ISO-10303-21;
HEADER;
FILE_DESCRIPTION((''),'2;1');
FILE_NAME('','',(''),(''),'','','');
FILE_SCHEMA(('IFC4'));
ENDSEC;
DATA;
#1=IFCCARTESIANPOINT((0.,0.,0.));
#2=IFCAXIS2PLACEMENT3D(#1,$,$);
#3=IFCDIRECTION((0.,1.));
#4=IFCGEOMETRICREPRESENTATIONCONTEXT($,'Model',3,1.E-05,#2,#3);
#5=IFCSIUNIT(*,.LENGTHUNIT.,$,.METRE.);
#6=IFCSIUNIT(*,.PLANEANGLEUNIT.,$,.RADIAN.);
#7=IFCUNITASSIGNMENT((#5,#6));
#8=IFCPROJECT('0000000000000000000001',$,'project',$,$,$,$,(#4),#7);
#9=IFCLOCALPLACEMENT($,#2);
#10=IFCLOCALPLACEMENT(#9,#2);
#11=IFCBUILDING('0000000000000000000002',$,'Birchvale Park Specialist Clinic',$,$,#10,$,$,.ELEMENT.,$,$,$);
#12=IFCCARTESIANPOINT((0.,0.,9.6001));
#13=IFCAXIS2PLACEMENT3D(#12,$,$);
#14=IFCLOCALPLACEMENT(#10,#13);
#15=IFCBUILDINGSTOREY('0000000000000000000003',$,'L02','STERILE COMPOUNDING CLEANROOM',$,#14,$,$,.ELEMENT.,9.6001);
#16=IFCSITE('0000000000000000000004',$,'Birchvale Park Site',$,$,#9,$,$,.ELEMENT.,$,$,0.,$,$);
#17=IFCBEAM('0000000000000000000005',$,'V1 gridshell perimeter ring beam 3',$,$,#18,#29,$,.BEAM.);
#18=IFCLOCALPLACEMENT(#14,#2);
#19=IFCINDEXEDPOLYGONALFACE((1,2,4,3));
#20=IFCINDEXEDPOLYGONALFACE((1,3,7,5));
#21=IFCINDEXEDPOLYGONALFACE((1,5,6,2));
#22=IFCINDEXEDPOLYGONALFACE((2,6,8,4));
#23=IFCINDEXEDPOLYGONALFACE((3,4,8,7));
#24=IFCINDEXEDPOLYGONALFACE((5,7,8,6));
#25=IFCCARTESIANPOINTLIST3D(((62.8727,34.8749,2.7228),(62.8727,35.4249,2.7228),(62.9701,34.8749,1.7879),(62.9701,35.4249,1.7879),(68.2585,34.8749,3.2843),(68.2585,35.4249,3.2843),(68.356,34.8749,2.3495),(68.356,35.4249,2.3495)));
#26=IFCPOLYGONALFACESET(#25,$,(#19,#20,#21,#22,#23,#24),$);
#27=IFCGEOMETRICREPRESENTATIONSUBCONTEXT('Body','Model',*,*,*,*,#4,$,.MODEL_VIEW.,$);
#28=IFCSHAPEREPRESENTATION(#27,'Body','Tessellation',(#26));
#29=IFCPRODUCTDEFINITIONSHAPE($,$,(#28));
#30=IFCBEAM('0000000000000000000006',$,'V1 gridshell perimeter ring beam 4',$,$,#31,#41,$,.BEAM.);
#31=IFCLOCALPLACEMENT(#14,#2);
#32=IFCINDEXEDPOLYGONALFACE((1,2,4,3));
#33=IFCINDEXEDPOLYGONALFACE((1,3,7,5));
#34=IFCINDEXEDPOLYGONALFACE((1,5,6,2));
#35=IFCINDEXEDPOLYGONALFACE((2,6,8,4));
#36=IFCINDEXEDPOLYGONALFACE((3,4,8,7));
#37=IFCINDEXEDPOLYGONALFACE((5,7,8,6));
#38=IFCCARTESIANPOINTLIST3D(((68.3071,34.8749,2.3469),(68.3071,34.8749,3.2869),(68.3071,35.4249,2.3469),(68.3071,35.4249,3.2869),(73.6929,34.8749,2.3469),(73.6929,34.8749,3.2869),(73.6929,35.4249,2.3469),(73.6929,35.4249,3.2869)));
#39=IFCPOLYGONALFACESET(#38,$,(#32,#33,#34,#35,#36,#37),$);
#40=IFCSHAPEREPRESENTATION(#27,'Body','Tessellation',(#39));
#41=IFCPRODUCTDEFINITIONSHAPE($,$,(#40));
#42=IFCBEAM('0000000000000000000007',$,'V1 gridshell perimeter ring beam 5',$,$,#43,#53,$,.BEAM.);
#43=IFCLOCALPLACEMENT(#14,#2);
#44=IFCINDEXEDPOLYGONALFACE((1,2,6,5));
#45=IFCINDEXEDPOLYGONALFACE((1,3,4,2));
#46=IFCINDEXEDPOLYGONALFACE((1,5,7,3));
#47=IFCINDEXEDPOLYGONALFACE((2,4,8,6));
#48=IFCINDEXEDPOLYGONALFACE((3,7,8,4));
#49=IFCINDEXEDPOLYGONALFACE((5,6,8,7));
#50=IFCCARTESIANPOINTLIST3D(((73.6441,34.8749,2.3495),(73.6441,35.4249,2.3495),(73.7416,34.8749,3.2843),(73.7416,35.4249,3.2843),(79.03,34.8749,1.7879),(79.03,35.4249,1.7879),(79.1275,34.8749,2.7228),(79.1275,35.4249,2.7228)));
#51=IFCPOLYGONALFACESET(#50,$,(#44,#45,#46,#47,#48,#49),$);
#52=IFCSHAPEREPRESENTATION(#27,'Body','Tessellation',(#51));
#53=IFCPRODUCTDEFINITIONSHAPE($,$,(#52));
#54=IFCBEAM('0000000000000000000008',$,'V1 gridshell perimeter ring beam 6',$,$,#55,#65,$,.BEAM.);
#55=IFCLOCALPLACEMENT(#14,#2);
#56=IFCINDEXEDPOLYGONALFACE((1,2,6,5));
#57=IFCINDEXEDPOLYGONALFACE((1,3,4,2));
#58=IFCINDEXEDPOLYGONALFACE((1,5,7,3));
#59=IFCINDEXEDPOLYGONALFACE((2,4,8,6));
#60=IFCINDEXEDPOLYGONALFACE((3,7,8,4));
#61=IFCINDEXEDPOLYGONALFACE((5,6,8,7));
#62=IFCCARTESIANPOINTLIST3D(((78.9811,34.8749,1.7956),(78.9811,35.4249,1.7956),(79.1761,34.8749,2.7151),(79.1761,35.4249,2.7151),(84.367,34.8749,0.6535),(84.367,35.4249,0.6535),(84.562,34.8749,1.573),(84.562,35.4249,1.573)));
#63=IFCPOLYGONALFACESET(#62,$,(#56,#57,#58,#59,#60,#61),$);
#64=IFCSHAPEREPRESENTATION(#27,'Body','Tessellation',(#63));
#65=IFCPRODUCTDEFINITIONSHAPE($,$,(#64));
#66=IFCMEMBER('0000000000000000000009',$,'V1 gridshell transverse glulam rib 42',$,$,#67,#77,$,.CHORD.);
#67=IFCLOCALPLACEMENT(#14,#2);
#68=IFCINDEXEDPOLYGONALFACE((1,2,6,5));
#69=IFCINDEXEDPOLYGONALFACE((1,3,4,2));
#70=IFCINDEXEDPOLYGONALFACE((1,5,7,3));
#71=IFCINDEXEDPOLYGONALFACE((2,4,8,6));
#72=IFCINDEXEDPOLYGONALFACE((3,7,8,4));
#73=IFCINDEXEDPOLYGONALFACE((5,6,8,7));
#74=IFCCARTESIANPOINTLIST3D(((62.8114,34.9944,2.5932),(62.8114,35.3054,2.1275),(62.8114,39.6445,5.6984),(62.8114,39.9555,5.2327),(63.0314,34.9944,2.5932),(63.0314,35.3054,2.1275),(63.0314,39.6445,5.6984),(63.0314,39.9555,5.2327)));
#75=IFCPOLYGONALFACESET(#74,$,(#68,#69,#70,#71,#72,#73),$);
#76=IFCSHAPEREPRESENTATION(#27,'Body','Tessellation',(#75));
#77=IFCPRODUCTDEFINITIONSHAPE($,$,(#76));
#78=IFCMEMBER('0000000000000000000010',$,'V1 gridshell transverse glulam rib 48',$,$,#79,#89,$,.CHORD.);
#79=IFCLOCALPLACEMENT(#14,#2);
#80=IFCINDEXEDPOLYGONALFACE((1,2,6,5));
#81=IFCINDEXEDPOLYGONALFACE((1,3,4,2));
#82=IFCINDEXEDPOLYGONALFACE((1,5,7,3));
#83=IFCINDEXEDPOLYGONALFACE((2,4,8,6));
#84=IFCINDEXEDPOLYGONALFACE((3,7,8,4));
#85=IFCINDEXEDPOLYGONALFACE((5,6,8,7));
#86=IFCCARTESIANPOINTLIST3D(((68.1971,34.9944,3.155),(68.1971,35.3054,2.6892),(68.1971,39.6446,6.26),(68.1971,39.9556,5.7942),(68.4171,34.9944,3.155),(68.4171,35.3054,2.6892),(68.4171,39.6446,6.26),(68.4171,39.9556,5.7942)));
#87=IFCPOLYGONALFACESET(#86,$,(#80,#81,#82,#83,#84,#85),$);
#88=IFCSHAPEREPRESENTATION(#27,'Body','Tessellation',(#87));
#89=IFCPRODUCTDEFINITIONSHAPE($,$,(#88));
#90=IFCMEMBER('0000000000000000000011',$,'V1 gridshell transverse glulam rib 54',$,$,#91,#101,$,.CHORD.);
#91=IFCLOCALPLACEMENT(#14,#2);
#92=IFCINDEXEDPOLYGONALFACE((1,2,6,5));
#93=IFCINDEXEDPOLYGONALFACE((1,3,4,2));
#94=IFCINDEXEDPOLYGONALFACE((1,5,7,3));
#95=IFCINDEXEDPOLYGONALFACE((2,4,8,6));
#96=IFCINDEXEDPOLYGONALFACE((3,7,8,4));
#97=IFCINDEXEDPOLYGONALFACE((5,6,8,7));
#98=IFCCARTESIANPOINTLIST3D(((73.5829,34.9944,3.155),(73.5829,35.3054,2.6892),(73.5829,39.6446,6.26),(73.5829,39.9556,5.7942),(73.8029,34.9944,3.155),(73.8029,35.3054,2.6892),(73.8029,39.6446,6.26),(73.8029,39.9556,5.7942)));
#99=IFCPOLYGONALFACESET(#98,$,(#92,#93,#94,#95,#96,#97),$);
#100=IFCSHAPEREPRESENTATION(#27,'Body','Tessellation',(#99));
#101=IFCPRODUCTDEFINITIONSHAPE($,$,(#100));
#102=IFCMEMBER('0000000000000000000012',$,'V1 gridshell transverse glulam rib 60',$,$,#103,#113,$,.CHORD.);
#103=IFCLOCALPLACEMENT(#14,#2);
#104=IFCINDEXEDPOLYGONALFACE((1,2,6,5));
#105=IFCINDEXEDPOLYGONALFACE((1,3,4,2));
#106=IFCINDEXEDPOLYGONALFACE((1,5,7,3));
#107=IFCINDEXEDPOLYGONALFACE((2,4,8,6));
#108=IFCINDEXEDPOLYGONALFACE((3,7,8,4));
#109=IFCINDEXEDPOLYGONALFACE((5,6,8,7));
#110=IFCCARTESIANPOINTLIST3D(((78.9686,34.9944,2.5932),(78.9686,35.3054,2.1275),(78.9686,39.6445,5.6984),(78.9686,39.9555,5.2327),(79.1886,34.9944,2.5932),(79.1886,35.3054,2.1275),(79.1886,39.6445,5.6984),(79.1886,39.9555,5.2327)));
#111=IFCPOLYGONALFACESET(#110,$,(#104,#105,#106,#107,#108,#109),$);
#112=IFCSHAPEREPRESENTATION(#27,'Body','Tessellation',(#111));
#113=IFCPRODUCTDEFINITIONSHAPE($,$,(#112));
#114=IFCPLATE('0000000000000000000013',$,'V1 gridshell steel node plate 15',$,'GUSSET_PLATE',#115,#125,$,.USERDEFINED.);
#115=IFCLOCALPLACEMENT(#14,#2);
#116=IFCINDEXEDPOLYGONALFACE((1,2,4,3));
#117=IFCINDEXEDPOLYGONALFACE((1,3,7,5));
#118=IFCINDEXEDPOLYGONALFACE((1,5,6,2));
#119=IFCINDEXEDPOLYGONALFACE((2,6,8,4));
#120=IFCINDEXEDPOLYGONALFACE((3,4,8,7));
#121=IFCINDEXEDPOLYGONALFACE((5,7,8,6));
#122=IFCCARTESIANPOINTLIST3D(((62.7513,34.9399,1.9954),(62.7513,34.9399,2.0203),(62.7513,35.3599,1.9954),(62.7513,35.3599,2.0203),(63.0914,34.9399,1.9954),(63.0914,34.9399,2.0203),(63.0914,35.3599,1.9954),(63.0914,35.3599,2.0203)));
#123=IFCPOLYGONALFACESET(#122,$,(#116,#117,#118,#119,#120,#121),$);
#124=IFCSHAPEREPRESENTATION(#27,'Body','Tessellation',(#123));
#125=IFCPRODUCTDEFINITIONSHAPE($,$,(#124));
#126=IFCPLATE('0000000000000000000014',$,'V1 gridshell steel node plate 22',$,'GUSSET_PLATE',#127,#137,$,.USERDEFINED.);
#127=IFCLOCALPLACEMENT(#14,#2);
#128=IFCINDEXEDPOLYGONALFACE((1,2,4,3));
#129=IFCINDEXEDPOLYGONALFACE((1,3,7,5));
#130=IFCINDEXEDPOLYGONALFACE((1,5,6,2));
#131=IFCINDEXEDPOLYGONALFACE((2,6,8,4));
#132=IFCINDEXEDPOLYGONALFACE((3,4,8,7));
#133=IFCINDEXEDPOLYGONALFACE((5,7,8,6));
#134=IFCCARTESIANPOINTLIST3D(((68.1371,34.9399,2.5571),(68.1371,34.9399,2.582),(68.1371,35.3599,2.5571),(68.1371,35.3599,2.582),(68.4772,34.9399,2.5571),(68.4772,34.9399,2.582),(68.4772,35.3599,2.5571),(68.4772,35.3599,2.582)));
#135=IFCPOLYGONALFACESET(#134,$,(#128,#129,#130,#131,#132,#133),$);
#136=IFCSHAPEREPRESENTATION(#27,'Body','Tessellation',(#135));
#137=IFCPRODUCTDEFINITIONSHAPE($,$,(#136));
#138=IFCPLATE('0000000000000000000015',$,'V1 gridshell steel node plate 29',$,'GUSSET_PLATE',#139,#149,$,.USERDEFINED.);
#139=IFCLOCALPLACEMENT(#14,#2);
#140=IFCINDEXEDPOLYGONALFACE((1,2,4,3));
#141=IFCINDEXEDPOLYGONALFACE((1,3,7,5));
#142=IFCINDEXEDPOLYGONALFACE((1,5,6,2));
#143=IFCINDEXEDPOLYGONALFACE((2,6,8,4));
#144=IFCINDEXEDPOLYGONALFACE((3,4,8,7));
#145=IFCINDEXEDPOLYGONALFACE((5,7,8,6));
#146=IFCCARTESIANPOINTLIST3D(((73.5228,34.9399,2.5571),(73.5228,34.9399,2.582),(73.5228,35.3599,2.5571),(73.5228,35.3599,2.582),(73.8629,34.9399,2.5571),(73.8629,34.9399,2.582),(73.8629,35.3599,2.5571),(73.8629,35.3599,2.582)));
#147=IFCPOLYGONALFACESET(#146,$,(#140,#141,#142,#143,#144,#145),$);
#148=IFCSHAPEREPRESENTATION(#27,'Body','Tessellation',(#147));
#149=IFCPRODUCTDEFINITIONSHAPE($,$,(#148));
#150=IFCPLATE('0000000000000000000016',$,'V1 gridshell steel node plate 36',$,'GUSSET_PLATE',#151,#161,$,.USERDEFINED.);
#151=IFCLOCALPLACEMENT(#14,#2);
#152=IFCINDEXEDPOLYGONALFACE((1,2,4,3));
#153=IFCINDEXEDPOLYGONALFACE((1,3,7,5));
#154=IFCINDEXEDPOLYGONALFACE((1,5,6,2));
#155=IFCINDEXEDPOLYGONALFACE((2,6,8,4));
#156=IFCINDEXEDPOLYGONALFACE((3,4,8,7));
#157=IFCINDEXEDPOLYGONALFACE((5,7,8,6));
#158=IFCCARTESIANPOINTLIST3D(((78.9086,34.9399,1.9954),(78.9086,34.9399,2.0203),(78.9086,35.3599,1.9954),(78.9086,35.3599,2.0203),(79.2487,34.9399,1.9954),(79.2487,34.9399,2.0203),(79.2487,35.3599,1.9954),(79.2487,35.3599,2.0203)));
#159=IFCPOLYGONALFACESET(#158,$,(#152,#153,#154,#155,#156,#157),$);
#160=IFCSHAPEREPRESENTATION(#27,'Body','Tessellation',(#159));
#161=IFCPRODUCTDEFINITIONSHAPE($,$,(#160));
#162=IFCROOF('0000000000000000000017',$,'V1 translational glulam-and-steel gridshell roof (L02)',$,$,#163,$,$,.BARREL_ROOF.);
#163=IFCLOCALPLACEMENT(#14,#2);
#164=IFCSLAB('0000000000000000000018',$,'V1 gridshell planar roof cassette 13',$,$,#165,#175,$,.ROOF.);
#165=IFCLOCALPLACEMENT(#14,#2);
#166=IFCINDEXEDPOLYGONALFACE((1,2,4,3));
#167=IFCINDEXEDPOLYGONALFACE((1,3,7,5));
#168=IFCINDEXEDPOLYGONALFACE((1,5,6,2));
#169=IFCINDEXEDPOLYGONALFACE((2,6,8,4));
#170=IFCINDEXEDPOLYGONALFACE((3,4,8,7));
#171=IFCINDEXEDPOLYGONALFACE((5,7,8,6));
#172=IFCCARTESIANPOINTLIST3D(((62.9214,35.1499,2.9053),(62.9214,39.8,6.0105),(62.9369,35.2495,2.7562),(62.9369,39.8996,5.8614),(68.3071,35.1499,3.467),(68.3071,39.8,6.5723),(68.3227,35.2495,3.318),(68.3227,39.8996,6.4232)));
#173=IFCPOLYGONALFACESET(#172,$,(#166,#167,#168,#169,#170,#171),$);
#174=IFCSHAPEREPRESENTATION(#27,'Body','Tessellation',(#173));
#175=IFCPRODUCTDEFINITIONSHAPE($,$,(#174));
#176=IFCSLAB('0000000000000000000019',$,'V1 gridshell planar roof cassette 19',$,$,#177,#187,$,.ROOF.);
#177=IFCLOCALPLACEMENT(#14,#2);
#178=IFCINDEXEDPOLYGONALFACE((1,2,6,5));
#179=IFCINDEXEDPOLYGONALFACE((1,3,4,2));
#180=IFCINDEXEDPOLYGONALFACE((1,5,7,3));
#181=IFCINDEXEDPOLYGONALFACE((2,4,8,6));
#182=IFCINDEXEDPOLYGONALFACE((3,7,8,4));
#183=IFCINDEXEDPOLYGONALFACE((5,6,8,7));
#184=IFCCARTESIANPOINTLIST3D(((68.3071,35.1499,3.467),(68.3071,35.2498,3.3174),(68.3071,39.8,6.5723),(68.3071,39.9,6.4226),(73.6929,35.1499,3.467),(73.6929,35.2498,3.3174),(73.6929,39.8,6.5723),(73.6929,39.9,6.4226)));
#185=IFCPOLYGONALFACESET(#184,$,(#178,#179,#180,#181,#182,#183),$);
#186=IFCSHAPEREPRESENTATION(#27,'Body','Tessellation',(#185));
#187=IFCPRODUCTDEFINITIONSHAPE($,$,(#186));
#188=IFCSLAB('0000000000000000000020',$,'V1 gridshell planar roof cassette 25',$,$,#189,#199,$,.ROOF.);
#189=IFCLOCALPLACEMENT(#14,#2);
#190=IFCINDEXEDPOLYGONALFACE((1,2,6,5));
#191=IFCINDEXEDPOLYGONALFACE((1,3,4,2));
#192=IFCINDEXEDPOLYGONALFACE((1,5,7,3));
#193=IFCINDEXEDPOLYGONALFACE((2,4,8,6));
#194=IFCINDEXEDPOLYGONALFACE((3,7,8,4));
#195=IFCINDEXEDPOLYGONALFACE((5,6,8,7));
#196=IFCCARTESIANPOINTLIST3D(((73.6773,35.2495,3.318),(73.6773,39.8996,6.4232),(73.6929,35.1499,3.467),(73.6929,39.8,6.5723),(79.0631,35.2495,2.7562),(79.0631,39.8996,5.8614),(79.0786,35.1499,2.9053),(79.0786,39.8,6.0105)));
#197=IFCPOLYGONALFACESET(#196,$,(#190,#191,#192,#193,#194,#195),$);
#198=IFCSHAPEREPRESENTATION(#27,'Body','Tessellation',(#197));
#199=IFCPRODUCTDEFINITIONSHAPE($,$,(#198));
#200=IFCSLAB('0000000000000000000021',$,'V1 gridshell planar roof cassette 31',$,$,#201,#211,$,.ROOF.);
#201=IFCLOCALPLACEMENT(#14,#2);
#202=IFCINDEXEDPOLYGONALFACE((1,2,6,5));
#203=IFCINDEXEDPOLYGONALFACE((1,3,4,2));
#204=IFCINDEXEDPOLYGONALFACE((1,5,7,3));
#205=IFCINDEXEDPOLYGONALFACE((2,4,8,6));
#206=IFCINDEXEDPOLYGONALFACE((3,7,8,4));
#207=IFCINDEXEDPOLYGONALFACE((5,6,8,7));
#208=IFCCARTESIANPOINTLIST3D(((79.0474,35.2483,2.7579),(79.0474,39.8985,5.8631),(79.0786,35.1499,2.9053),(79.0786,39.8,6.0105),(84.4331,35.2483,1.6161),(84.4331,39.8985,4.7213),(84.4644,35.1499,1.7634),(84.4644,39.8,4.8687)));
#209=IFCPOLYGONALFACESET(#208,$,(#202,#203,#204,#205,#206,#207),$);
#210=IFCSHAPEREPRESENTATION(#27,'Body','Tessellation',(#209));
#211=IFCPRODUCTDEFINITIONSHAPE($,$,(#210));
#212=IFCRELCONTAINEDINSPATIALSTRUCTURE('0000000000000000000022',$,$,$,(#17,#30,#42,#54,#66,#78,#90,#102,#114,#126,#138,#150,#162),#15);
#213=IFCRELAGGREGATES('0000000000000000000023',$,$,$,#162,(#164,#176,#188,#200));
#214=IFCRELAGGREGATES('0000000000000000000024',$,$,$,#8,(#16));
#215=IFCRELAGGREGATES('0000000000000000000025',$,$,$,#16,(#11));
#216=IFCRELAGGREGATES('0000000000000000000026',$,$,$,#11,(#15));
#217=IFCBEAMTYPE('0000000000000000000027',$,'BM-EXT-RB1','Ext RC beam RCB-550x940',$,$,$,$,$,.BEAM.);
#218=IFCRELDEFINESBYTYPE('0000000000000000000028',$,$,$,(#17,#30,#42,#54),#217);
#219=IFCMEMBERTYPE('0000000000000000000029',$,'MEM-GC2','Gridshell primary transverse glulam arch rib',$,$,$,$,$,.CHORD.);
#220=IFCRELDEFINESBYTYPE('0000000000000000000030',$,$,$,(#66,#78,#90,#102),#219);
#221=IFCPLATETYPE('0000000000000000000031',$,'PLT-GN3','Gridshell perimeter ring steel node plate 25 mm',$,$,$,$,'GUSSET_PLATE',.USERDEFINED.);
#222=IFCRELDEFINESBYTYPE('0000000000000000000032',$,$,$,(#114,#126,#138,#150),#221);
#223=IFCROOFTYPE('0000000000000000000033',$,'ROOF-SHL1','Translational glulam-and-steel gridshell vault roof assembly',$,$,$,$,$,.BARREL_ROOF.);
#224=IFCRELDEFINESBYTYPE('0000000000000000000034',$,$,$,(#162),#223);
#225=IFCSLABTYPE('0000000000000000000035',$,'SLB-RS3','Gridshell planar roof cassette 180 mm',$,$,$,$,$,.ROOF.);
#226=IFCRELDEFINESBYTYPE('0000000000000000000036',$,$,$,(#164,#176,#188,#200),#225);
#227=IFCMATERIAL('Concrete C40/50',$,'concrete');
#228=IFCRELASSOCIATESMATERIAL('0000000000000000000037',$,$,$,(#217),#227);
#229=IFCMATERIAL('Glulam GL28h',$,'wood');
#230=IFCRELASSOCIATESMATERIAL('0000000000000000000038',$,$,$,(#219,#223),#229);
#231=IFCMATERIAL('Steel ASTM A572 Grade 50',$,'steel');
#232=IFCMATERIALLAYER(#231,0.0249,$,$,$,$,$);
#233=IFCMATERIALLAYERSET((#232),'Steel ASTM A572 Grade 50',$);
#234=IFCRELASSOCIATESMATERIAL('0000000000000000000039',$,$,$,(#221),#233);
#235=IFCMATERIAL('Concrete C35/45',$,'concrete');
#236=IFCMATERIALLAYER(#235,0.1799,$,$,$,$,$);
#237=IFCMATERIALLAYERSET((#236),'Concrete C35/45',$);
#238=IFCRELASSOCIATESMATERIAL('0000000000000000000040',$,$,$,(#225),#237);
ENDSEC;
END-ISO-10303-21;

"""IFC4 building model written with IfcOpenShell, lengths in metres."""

from ifc_helpers import new_model, si_unit, direction, frame, origin, origin_2d, place, context, subcontext, project, spatial, polyline, rectangle, outline, extrude, material, layer, layer_set, material_profile, profile_set, type_object, element, aggregate, save


model = new_model("IFC4")

# Units and contexts
model_context = context("Model", 3, precision=1e-05, world=origin(), true_north=direction((0.0, 1.0)))
body_context = subcontext(model_context, "Body", "Model", "MODEL_VIEW")
ifc_project = project(units=[si_unit("LENGTHUNIT", "METRE"), si_unit("PLANEANGLEUNIT", "RADIAN")], contexts=[model_context])

# Site, building, storey
site_placement = place(None, origin())
site = spatial("IfcSite", under=ifc_project, at=site_placement, Name="Birchvale Park Site", CompositionType="ELEMENT", RefElevation=0.0)
building_placement = place(site_placement, origin())
building = spatial("IfcBuilding", under=site, at=building_placement, Name="Birchvale Park Specialist Clinic", CompositionType="ELEMENT")
storey_placement = place(building_placement, frame((0.0, 0.0, 9.6001)))
storey = spatial("IfcBuildingStorey", under=building, at=storey_placement, Name="L02", Description="STERILE COMPOUNDING CLEANROOM", CompositionType="ELEMENT", Elevation=9.6001)

# Shared definitions
ifc_material_1 = material(Name="Concrete C40/50", Category="concrete")

# Beams
ifc_material_profile_1 = material_profile(ifc_material_1, rectangle(XDim=0.55, YDim=0.9399, at=origin_2d()), Name="RCB-550x940")
ifc_profile_set_1 = profile_set([ifc_material_profile_1], Name="Concrete C40/50")
beam_type_1 = type_object("IfcBeamType", Name="BM-EXT-RB1", Description="Ext RC beam RCB-550x940", PredefinedType="BEAM", material=ifc_profile_set_1)
beam_1_placement = place(storey_placement, frame((62.9214, 35.1499, 2.2554), z_axis=(0.994609, 0.0, 0.103699), x_axis=(0.0, 1.0, 0.0)))
element("IfcBeam", 1, at=beam_1_placement, inside=storey, type_object=beam_type_1, Name="V1 gridshell perimeter ring beam 3", PredefinedType="BEAM", context=body_context, shape_type="SweptSolid", body=[
    extrude(rectangle(XDim=0.55, YDim=0.9399, at=origin_2d()), origin(), (0.0, 0.0, 1.0), 5.415),
])
beam_2_placement = place(storey_placement, frame((68.3071, 35.1499, 2.8169), z_axis=(1.0, 0.0, 0.0), x_axis=(0.0, 1.0, 0.0)))
element("IfcBeam", 2, at=beam_2_placement, inside=storey, type_object=beam_type_1, Name="V1 gridshell perimeter ring beam 4", PredefinedType="BEAM", context=body_context, shape_type="SweptSolid", body=[
    extrude(rectangle(XDim=0.55, YDim=0.9399, at=origin_2d()), origin(), (0.0, 0.0, 1.0), 5.3857),
])
beam_3_placement = place(storey_placement, frame((73.6929, 35.1499, 2.8169), z_axis=(0.994609, 0.0, -0.103699), x_axis=(0.0, 1.0, 0.0)))
element("IfcBeam", 3, at=beam_3_placement, inside=storey, type_object=beam_type_1, Name="V1 gridshell perimeter ring beam 5", PredefinedType="BEAM", context=body_context, shape_type="SweptSolid", body=[
    extrude(rectangle(XDim=0.55, YDim=0.9399, at=origin_2d()), origin(), (0.0, 0.0, 1.0), 5.415),
])
beam_4_placement = place(storey_placement, frame((79.0786, 35.1499, 2.2554), z_axis=(0.978247, 0.0, -0.207445), x_axis=(0.0, 1.0, 0.0)))
element("IfcBeam", 4, at=beam_4_placement, inside=storey, type_object=beam_type_1, Name="V1 gridshell perimeter ring beam 6", PredefinedType="BEAM", context=body_context, shape_type="SweptSolid", body=[
    extrude(rectangle(XDim=0.55, YDim=0.9399, at=origin_2d()), origin(), (0.0, 0.0, 1.0), 5.5056),
])

# Members
ifc_material_2 = material(Name="Glulam GL28h", Category="wood")
ifc_material_profile_2 = material_profile(ifc_material_2, rectangle(XDim=0.22, YDim=0.5601, at=origin_2d()), Name="GL-220x560")
ifc_profile_set_2 = profile_set([ifc_material_profile_2], Name="Glulam GL28h")
member_type = type_object("IfcMemberType", Name="MEM-GC2", Description="Gridshell primary transverse glulam arch rib", PredefinedType="CHORD", material=ifc_profile_set_2)
for number, where, z_axis, x_axis, name in (
    (5, (62.9214, 35.1499, 2.3604), (0.0, 0.831627, 0.555335), (-1.0, 0.0, 0.0), "V1 gridshell transverse glulam rib 42"),
    (6, (68.3071, 35.1499, 2.9221), (0.0, 0.831647, 0.555305), (-1.0, 0.0, 0.0), "V1 gridshell transverse glulam rib 48"),
    (7, (73.6929, 35.1499, 2.9221), (0.0, 0.831647, 0.555305), (-1.0, 0.0, 0.0), "V1 gridshell transverse glulam rib 54"),
    (8, (79.0786, 35.1499, 2.3604), (0.0, 0.831627, 0.555335), (-1.0, 0.0, 0.0), "V1 gridshell transverse glulam rib 60"),
):
    element("IfcMember", number, at=place(storey_placement, frame(where, z_axis=z_axis, x_axis=x_axis)), inside=storey, type_object=member_type, Name=name, PredefinedType="CHORD", context=body_context, shape_type="SweptSolid", body=[
        extrude(rectangle(XDim=0.22, YDim=0.5601, at=origin_2d()), origin(), (0.0, 0.0, 1.0), 5.5916),
    ])

# Plates
ifc_material_3 = material(Name="Steel ASTM A572 Grade 50", Category="steel")
ifc_layer_1 = layer(ifc_material_3, 0.0249)
ifc_layer_set_1 = layer_set([ifc_layer_1], Name="Steel ASTM A572 Grade 50")
plate_type = type_object("IfcPlateType", Name="PLT-GN3", Description="Gridshell perimeter ring steel node plate 25 mm", ElementType="GUSSET_PLATE", PredefinedType="USERDEFINED", material=ifc_layer_set_1)
for number, where, z_axis, x_axis, name in (
    (9, (62.9214, 35.1499, 1.9954), (0.0, 0.0, 1.0), (1.0, 0.0, 0.0), "V1 gridshell steel node plate 15"),
    (10, (68.3071, 35.1499, 2.5571), (0.0, 0.0, 1.0), (1.0, 0.0, 0.0), "V1 gridshell steel node plate 22"),
    (11, (73.6929, 35.1499, 2.5571), (0.0, 0.0, 1.0), (1.0, 0.0, 0.0), "V1 gridshell steel node plate 29"),
    (12, (79.0786, 35.1499, 1.9954), (0.0, 0.0, 1.0), (1.0, 0.0, 0.0), "V1 gridshell steel node plate 36"),
):
    element("IfcPlate", number, at=place(storey_placement, frame(where, z_axis=z_axis, x_axis=x_axis)), inside=storey, type_object=plate_type, Name=name, ObjectType="GUSSET_PLATE", PredefinedType="USERDEFINED", context=body_context, shape_type="SweptSolid", body=[
        extrude(rectangle(XDim=0.3401, YDim=0.4199, at=origin_2d()), origin(), (0.0, 0.0, 1.0), 0.0249),
    ])

# Roof, slabs
roof_type = type_object("IfcRoofType", Name="ROOF-SHL1", Description="Translational glulam-and-steel gridshell vault roof assembly", PredefinedType="BARREL_ROOF", material=ifc_material_2)
roof_placement = place(storey_placement, origin())
roof = element("IfcRoof", 13, at=roof_placement, inside=storey, type_object=roof_type, Name="V1 translational glulam-and-steel gridshell roof (L02)", PredefinedType="BARREL_ROOF")
ifc_material_4 = material(Name="Concrete C35/45", Category="concrete")
ifc_layer_2 = layer(ifc_material_4, 0.1799)
ifc_layer_set_2 = layer_set([ifc_layer_2], Name="Concrete C35/45")
slab_type = type_object("IfcSlabType", Name="SLB-RS3", Description="Gridshell planar roof cassette 180 mm", PredefinedType="ROOF", material=ifc_layer_set_2)
slab_1_placement = place(storey_placement, frame((62.9214, 35.1499, 2.9053), z_axis=(-0.08642, -0.553257, 0.828516), x_axis=(0.994604, 0.0, 0.103744)))
slab_1 = element("IfcSlab", 14, at=slab_1_placement, type_object=slab_type, Name="V1 gridshell planar roof cassette 13", PredefinedType="ROOF", context=body_context, shape_type="SweptSolid", body=[
    extrude(outline(polyline([(0.0, 0.0), (5.415, 0.0), (5.7371, 5.5823), (0.3221, 5.5823), (0.0, 0.0)])), origin(), (0.0, 0.0, -1.0), 0.1799),
])
slab_2_placement = place(storey_placement, frame((68.3071, 35.1499, 3.467), z_axis=(0.0, -0.555335, 0.831627), x_axis=(1.0, 0.0, 0.0)))
slab_2 = element("IfcSlab", 15, at=slab_2_placement, type_object=slab_type, Name="V1 gridshell planar roof cassette 19", PredefinedType="ROOF", context=body_context, shape_type="SweptSolid", body=[
    extrude(outline(polyline([(0.0, 0.0), (5.3857, 0.0), (5.3857, 5.5916), (0.0, 5.5916), (0.0, 0.0)])), origin(), (0.0, 0.0, -1.0), 0.1799),
])
slab_3_placement = place(storey_placement, frame((73.6929, 35.1499, 3.467), z_axis=(0.08642, -0.553257, 0.828516), x_axis=(0.994604, 0.0, -0.103744)))
slab_3 = element("IfcSlab", 16, at=slab_3_placement, type_object=slab_type, Name="V1 gridshell planar roof cassette 25", PredefinedType="ROOF", context=body_context, shape_type="SweptSolid", body=[
    extrude(outline(polyline([(0.0, 0.0), (5.415, 0.0), (5.0928, 5.5823), (-0.3221, 5.5823), (0.0, 0.0)])), origin(), (0.0, 0.0, -1.0), 0.1799),
])
slab_4_placement = place(storey_placement, frame((79.0786, 35.1499, 2.9053), z_axis=(0.173637, -0.546899, 0.818994), x_axis=(0.978256, 0.0, -0.207403)))
slab_4 = element("IfcSlab", 17, at=slab_4_placement, type_object=slab_type, Name="V1 gridshell planar roof cassette 31", PredefinedType="ROOF", context=body_context, shape_type="SweptSolid", body=[
    extrude(outline(polyline([(0.0, 0.0), (5.5055, 0.0), (4.8614, 5.5544), (-0.644, 5.5544), (0.0, 0.0)])), origin(), (0.0, 0.0, -1.0), 0.1799),
])
aggregate(roof, [slab_1, slab_2, slab_3, slab_4])

save(model, "model.ifc")
